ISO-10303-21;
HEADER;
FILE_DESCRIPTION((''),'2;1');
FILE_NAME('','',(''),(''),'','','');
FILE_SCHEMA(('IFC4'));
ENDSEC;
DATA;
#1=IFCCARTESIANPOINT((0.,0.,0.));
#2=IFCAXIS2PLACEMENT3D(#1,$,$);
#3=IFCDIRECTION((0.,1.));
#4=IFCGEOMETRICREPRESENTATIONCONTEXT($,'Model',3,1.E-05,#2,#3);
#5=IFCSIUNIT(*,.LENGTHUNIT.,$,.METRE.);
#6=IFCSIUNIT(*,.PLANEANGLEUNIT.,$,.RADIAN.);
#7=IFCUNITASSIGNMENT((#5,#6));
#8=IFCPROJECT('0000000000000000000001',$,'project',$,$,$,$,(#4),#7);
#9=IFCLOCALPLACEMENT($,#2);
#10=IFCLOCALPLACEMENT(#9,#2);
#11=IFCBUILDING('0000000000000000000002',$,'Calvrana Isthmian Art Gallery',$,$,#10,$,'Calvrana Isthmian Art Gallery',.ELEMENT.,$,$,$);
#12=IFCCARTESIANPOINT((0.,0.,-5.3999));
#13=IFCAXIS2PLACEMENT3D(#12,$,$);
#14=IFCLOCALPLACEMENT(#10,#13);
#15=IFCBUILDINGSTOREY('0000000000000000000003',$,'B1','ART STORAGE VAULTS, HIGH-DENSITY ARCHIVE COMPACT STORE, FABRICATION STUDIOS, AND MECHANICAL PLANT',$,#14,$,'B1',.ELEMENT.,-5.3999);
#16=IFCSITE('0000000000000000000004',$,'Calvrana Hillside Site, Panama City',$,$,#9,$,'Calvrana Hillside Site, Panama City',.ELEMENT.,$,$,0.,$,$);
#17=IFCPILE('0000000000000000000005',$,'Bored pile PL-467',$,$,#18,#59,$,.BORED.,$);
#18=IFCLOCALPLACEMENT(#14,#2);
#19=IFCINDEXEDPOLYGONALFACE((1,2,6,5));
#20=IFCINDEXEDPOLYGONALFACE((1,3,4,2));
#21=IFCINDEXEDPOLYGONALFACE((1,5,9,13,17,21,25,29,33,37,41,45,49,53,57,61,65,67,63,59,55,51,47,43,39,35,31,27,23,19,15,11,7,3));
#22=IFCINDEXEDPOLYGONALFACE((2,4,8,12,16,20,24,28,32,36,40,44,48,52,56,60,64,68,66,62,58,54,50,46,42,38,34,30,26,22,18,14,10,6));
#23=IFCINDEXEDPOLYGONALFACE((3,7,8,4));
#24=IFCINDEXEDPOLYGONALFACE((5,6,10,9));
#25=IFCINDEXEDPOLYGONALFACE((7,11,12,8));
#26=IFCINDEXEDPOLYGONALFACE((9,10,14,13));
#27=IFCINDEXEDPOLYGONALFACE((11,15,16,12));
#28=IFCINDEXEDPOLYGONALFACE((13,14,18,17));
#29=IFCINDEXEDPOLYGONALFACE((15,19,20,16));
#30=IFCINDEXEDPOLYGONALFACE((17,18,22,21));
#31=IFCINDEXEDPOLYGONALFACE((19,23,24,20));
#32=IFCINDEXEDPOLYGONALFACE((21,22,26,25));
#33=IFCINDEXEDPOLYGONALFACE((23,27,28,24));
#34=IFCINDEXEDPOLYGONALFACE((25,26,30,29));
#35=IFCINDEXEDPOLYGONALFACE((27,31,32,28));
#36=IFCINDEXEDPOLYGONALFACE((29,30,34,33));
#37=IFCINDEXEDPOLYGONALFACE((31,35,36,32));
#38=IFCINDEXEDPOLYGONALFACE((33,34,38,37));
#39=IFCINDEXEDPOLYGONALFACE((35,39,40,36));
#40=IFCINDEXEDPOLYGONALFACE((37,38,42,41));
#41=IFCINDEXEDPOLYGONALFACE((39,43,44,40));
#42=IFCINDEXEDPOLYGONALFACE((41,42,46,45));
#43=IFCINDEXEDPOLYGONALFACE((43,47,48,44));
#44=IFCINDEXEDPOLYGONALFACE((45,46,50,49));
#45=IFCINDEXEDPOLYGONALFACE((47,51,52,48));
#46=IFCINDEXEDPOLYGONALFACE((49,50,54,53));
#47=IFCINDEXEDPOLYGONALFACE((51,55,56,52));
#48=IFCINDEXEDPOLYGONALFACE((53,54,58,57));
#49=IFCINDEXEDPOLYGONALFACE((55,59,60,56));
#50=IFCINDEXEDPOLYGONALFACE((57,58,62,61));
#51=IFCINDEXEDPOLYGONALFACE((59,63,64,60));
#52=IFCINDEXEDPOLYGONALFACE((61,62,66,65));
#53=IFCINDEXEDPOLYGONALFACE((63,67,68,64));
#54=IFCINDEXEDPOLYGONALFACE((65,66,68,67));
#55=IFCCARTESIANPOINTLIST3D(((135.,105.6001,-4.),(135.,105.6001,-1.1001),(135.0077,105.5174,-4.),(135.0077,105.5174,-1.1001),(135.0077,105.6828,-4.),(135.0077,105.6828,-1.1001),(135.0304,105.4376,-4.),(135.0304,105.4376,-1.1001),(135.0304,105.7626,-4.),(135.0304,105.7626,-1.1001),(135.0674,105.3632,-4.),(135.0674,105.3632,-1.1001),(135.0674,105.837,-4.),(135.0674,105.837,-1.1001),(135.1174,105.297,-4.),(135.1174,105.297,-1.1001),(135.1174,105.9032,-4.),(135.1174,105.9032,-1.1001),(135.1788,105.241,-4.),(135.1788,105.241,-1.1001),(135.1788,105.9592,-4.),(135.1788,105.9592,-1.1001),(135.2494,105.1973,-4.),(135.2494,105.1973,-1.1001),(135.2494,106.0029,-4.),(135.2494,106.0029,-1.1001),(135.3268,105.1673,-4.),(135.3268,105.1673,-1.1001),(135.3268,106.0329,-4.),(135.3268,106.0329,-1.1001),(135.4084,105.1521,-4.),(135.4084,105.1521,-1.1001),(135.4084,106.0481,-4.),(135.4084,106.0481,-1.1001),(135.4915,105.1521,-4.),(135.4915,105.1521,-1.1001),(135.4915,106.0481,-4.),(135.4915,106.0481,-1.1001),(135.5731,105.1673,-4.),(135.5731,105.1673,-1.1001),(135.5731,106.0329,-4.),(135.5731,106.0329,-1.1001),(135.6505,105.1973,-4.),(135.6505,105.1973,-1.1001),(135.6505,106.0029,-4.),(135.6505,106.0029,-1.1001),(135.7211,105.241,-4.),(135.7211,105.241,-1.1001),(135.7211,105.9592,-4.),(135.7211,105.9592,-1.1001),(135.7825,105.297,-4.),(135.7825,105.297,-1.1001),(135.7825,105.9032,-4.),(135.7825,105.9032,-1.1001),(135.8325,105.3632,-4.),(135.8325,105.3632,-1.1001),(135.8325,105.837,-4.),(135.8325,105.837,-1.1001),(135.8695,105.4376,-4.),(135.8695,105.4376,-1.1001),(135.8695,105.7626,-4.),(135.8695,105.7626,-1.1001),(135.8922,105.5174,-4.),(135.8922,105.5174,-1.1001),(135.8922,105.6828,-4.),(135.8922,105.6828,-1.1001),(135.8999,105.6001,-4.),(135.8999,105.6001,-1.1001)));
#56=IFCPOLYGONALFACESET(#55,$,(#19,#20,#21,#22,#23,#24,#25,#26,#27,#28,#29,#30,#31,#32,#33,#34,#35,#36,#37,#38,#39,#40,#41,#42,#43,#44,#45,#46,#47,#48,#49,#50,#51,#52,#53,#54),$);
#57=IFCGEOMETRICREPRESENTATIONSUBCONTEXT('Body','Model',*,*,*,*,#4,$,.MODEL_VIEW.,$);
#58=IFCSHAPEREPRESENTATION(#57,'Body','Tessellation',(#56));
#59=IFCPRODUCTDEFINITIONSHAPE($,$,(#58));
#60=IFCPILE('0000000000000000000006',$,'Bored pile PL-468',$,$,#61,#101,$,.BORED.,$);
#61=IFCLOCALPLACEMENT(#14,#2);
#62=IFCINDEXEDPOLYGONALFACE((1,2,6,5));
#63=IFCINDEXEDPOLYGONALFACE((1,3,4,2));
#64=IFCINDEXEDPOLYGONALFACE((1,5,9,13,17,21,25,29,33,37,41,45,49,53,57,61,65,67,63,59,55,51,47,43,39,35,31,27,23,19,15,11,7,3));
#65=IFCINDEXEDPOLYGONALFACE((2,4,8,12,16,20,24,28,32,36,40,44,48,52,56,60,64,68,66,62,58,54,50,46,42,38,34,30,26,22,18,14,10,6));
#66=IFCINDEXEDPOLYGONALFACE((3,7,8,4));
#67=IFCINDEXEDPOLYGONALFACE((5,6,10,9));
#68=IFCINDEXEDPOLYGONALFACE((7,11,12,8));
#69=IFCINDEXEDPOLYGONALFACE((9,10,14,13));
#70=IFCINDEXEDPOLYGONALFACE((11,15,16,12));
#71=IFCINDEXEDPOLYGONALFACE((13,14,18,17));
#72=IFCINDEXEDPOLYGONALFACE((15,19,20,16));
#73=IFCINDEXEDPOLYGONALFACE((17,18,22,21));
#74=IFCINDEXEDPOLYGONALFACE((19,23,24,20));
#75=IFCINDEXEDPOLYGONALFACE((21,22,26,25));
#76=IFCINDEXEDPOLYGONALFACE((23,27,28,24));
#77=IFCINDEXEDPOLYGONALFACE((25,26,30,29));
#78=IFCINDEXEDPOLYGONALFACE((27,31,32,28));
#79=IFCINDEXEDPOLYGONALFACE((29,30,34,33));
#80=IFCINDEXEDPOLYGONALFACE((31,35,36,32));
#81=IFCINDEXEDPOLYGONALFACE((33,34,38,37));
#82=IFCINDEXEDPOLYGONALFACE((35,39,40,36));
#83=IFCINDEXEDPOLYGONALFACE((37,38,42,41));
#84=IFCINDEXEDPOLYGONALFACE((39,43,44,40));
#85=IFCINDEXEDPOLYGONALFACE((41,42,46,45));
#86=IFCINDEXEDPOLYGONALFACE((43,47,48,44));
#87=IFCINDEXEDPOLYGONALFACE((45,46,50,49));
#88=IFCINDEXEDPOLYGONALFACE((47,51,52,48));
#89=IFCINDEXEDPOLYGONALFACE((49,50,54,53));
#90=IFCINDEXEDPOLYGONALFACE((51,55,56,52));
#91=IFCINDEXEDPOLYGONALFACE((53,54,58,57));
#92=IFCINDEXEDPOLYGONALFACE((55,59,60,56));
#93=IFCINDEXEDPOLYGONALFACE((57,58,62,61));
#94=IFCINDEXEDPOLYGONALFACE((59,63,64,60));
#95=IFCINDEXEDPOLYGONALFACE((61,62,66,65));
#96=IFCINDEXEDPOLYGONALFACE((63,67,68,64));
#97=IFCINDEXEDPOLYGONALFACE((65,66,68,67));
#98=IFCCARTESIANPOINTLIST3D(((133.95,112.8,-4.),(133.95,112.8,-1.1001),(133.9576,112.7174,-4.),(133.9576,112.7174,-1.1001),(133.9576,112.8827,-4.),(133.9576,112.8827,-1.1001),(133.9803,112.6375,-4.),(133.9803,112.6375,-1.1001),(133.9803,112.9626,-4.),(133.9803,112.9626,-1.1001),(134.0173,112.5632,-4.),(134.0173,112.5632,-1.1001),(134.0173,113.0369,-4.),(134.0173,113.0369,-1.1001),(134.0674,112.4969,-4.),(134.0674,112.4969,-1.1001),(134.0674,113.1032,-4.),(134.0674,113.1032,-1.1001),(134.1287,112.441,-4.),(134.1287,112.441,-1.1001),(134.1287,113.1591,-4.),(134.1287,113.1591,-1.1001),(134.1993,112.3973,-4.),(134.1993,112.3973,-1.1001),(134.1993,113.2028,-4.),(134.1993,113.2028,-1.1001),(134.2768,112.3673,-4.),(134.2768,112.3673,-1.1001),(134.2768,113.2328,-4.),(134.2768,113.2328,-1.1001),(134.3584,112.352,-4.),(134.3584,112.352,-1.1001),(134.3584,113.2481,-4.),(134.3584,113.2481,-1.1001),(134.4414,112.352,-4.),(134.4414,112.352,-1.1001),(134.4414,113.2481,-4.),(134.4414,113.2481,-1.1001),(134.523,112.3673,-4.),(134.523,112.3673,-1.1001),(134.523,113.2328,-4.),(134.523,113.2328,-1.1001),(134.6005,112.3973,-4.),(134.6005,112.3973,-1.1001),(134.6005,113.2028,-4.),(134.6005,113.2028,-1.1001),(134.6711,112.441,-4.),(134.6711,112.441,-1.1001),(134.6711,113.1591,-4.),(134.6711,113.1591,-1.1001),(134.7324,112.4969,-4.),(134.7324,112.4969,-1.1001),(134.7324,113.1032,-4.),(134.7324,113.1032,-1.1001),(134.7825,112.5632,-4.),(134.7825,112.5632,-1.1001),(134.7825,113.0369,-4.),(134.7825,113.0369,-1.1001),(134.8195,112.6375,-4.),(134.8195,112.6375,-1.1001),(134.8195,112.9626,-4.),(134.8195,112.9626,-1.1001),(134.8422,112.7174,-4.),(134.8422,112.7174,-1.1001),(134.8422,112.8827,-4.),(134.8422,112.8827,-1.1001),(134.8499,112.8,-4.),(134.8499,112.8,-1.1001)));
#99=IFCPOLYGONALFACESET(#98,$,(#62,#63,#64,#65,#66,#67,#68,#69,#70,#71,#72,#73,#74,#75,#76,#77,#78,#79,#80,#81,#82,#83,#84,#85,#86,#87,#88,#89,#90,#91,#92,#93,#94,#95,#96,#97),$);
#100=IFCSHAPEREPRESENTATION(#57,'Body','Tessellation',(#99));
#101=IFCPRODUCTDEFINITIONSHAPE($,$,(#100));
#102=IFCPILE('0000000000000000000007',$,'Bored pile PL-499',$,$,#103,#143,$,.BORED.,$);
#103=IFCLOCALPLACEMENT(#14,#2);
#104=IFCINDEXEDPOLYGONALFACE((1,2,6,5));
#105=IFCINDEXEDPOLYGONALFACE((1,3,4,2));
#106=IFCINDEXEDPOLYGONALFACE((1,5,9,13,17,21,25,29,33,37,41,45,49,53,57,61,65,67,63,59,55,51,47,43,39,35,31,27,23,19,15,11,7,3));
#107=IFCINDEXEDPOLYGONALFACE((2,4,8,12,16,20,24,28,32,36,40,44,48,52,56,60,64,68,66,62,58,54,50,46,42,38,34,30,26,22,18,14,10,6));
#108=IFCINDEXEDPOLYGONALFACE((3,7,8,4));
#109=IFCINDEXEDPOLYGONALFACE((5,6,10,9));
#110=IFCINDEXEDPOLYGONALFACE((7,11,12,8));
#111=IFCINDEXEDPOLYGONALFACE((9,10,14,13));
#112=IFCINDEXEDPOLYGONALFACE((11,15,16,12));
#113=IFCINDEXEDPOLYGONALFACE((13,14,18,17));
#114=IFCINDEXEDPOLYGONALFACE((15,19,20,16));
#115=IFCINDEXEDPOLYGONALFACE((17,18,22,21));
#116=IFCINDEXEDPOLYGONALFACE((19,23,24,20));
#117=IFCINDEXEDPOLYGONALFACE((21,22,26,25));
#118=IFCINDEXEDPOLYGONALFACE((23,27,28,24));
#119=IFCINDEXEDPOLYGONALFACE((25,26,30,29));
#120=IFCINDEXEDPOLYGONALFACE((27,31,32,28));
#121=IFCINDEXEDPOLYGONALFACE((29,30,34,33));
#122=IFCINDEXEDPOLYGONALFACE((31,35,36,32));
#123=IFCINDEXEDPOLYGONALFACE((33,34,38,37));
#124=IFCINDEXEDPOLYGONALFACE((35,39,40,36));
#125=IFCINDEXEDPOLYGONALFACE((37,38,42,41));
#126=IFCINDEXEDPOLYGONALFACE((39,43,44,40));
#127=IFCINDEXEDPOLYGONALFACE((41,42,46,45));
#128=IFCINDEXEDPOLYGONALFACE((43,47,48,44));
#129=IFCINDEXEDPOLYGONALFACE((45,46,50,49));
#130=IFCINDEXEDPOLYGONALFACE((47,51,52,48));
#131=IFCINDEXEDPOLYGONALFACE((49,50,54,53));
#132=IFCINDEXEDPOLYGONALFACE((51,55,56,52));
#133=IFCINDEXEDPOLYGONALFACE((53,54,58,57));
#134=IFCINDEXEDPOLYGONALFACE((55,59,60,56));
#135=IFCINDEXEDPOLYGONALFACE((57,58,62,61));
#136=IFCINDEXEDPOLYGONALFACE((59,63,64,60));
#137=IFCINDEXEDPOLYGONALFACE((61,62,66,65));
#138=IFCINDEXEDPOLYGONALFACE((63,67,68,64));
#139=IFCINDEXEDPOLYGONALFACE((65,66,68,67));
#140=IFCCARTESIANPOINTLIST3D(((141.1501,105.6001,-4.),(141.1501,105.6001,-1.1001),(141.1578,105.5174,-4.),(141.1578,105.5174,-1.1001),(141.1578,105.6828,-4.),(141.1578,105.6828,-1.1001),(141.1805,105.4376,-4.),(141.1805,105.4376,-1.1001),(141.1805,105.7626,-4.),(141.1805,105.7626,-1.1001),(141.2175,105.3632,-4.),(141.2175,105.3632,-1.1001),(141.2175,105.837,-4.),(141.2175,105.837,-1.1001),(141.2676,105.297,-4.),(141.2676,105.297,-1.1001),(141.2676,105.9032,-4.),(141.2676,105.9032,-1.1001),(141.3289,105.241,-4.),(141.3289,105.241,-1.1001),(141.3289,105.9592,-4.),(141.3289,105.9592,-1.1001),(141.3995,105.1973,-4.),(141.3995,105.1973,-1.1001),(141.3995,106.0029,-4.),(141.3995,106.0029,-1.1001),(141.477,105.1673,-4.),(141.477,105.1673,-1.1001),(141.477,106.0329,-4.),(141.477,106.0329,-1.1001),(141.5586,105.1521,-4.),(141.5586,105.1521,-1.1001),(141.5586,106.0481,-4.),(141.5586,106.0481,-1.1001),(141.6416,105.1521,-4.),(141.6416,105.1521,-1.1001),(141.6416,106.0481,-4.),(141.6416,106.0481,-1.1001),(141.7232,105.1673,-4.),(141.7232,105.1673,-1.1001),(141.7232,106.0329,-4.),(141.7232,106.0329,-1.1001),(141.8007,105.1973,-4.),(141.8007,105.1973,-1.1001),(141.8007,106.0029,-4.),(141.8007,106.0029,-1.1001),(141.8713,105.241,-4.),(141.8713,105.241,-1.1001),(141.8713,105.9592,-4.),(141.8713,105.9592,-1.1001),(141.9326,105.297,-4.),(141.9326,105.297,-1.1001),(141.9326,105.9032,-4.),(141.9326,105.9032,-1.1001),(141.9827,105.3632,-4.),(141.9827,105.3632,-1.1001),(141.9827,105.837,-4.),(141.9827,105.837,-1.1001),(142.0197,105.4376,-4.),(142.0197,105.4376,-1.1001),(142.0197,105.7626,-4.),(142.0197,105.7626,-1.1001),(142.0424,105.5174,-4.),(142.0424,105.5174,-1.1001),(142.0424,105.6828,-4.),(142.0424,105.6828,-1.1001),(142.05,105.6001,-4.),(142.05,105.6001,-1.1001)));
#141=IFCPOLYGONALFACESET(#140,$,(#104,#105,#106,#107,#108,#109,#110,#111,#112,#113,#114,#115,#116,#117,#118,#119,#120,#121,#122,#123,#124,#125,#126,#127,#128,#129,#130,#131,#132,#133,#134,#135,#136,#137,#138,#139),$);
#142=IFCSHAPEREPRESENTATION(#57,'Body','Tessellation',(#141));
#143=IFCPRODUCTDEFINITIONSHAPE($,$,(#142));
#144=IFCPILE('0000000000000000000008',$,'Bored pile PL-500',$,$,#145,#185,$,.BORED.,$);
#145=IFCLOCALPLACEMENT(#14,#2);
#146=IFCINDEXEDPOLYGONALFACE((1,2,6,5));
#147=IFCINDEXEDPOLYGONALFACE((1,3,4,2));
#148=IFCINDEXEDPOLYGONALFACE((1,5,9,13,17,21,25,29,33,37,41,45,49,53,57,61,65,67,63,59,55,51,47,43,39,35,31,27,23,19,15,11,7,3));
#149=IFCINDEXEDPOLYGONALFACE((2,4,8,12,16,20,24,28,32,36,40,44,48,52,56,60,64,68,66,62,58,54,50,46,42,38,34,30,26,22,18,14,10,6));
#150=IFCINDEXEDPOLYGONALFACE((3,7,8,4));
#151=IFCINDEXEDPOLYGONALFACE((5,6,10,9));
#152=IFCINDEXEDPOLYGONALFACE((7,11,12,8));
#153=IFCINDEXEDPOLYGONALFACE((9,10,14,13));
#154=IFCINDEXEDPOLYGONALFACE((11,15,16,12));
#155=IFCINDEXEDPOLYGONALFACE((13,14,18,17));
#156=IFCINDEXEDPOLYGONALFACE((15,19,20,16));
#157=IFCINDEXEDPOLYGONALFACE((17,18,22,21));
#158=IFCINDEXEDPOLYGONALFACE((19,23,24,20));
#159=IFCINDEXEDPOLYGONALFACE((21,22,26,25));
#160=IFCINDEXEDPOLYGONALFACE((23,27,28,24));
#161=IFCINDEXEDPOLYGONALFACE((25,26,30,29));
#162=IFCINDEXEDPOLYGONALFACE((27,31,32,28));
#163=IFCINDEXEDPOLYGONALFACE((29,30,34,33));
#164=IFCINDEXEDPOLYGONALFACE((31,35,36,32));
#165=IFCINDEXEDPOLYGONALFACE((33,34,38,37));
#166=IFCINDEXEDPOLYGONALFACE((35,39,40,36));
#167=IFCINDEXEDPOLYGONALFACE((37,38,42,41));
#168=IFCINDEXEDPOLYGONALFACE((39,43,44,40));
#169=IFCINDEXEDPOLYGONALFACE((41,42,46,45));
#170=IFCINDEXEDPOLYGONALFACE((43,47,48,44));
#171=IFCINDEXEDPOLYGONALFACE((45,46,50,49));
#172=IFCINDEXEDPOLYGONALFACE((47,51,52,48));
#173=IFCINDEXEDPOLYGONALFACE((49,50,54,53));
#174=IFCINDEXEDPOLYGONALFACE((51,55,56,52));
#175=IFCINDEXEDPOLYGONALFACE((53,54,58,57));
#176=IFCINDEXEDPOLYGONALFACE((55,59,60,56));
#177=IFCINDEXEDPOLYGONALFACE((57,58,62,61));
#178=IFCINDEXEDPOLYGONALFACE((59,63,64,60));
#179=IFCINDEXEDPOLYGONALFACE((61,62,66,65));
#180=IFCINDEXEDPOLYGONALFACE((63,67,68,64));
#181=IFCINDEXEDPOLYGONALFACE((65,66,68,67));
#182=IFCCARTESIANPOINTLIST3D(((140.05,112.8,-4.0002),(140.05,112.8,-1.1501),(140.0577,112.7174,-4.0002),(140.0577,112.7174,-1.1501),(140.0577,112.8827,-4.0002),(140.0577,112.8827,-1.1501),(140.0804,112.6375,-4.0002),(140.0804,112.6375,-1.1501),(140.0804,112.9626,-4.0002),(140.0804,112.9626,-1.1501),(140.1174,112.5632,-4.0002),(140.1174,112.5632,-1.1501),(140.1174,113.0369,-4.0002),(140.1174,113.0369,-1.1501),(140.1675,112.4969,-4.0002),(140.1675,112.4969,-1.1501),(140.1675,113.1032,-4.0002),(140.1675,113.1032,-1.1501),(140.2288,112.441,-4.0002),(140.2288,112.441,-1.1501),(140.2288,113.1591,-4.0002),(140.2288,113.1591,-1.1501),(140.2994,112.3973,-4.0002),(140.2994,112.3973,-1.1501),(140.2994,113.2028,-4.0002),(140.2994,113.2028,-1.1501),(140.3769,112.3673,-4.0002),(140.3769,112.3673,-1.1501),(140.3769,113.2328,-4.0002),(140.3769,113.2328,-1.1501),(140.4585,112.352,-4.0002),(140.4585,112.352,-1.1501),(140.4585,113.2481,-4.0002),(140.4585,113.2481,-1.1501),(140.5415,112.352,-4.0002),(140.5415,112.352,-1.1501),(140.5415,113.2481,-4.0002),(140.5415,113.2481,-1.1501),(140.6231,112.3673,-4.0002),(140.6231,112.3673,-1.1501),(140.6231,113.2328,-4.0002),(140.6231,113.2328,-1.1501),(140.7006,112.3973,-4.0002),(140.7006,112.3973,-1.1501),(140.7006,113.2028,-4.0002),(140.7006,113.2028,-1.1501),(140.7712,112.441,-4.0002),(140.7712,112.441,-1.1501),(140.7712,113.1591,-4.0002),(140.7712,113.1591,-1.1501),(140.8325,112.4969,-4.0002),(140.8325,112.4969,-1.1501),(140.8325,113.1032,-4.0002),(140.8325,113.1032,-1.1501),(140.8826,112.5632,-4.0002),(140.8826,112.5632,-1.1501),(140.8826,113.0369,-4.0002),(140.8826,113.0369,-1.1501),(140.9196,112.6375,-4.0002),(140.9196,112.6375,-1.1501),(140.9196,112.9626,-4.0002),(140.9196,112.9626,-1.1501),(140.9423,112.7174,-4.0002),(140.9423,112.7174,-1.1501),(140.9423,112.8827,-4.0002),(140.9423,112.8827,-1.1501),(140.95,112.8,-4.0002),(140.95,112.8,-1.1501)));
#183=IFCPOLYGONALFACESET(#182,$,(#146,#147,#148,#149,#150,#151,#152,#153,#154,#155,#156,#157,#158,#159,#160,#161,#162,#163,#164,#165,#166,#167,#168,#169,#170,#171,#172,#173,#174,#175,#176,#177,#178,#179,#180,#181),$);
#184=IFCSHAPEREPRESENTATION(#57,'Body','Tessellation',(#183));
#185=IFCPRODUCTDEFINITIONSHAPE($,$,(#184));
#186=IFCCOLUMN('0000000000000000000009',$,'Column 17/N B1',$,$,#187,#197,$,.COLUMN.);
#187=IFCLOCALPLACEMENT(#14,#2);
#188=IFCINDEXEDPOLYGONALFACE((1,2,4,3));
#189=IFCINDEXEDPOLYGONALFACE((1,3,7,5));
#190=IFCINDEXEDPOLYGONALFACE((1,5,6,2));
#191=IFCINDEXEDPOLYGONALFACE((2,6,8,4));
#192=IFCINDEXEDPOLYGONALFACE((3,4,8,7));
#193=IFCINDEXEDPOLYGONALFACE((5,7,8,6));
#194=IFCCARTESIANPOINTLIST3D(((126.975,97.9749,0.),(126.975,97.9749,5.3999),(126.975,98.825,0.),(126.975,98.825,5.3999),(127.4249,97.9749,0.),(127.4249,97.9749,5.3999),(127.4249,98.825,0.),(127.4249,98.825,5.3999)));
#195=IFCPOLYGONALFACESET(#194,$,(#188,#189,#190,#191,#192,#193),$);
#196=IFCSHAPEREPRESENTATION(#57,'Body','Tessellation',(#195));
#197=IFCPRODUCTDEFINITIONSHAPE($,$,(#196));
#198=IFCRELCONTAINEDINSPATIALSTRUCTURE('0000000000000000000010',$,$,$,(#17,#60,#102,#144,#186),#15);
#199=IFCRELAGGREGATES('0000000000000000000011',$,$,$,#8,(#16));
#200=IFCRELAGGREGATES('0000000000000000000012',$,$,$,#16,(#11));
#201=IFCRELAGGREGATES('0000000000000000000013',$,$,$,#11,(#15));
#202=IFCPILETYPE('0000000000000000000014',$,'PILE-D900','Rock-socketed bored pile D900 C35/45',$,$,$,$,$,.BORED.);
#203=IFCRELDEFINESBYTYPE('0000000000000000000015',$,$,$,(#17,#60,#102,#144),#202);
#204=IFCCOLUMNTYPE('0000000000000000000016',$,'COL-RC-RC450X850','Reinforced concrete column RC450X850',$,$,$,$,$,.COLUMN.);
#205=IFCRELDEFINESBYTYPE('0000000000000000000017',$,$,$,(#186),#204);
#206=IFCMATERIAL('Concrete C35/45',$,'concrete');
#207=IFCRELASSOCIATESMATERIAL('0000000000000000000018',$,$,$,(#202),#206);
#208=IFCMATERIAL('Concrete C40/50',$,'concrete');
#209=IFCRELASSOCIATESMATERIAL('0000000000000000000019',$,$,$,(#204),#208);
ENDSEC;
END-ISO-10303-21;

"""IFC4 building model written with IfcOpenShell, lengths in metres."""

from ifc_helpers import new_model, si_unit, direction, frame, origin, origin_2d, place, context, subcontext, project, spatial, rectangle, circle, extrude, material, material_profile, profile_set, type_object, element, save


model = new_model("IFC4")

# Units and contexts
model_context = context("Model", 3, precision=1e-05, world=origin(), true_north=direction((0.0, 1.0)))
body_context = subcontext(model_context, "Body", "Model", "MODEL_VIEW")
ifc_project = project(units=[si_unit("LENGTHUNIT", "METRE"), si_unit("PLANEANGLEUNIT", "RADIAN")], contexts=[model_context])

# Site, building, storey
site_placement = place(None, origin())
site = spatial("IfcSite", under=ifc_project, at=site_placement, Name="Calvrana Hillside Site, Panama City", LongName="Calvrana Hillside Site, Panama City", CompositionType="ELEMENT", RefElevation=0.0)
building_placement = place(site_placement, origin())
building = spatial("IfcBuilding", under=site, at=building_placement, Name="Calvrana Isthmian Art Gallery", LongName="Calvrana Isthmian Art Gallery", CompositionType="ELEMENT")
storey_placement = place(building_placement, frame((0.0, 0.0, -5.3999)))
storey = spatial("IfcBuildingStorey", under=building, at=storey_placement, Name="B1", Description="ART STORAGE VAULTS, HIGH-DENSITY ARCHIVE COMPACT STORE, FABRICATION STUDIOS, AND MECHANICAL PLANT", LongName="B1", CompositionType="ELEMENT", Elevation=-5.3999)

# Shared definitions
ifc_material_1 = material(Name="Concrete C35/45", Category="concrete")

# Piles
ifc_material_profile_1 = material_profile(ifc_material_1, circle(Radius=0.45, at=origin_2d()), Name="PILE900D")
ifc_profile_set_1 = profile_set([ifc_material_profile_1], Name="Concrete C35/45")
pile_type_1 = type_object("IfcPileType", Name="PILE-D900", Description="Rock-socketed bored pile D900 C35/45", PredefinedType="BORED", material=ifc_profile_set_1)
for number, where, z_axis, x_axis, name in (
    (1, (135.45, 105.6001, -1.1001), (0.0, 0.0, -1.0), (1.0, 0.0, 0.0), "Bored pile PL-467"),
    (2, (134.3999, 112.8, -1.1001), (0.0, 0.0, -1.0), (1.0, 0.0, 0.0), "Bored pile PL-468"),
    (3, (141.6001, 105.6001, -1.1001), (0.0, 0.0, -1.0), (1.0, 0.0, 0.0), "Bored pile PL-499"),
):
    element("IfcPile", number, at=place(storey_placement, frame(where, z_axis=z_axis, x_axis=x_axis)), inside=storey, type_object=pile_type_1, Name=name, PredefinedType="BORED", context=body_context, shape_type="SweptSolid", body=[
        extrude(circle(Radius=0.45, at=origin_2d()), origin(), (0.0, 0.0, 1.0), 2.8999),
    ])
pile_1_placement = place(storey_placement, frame((140.5, 112.8, -1.1501), z_axis=(0.0, 0.0, -1.0), x_axis=(1.0, 0.0, 0.0)))
element("IfcPile", 4, at=pile_1_placement, inside=storey, type_object=pile_type_1, Name="Bored pile PL-500", PredefinedType="BORED", context=body_context, shape_type="SweptSolid", body=[
    extrude(circle(Radius=0.45, at=origin_2d()), origin(), (0.0, 0.0, 1.0), 2.8501),
])

# Column
ifc_material_2 = material(Name="Concrete C40/50", Category="concrete")
ifc_material_profile_2 = material_profile(ifc_material_2, rectangle(XDim=0.45, YDim=0.8501, at=origin_2d()), Name="RC450X850")
ifc_profile_set_2 = profile_set([ifc_material_profile_2], Name="Concrete C40/50")
column_type_1 = type_object("IfcColumnType", Name="COL-RC-RC450X850", Description="Reinforced concrete column RC450X850", PredefinedType="COLUMN", material=ifc_profile_set_2)
column_1_placement = place(storey_placement, frame((127.2, 98.3999, 0.0), z_axis=(0.0, 0.0, 1.0), x_axis=(1.0, 0.0, 0.0)))
element("IfcColumn", 5, at=column_1_placement, inside=storey, type_object=column_type_1, Name="Column 17/N B1", PredefinedType="COLUMN", context=body_context, shape_type="SweptSolid", body=[
    extrude(rectangle(XDim=0.45, YDim=0.8501, at=origin_2d()), origin(), (0.0, 0.0, 1.0), 5.3999),
])

save(model, "model.ifc")
